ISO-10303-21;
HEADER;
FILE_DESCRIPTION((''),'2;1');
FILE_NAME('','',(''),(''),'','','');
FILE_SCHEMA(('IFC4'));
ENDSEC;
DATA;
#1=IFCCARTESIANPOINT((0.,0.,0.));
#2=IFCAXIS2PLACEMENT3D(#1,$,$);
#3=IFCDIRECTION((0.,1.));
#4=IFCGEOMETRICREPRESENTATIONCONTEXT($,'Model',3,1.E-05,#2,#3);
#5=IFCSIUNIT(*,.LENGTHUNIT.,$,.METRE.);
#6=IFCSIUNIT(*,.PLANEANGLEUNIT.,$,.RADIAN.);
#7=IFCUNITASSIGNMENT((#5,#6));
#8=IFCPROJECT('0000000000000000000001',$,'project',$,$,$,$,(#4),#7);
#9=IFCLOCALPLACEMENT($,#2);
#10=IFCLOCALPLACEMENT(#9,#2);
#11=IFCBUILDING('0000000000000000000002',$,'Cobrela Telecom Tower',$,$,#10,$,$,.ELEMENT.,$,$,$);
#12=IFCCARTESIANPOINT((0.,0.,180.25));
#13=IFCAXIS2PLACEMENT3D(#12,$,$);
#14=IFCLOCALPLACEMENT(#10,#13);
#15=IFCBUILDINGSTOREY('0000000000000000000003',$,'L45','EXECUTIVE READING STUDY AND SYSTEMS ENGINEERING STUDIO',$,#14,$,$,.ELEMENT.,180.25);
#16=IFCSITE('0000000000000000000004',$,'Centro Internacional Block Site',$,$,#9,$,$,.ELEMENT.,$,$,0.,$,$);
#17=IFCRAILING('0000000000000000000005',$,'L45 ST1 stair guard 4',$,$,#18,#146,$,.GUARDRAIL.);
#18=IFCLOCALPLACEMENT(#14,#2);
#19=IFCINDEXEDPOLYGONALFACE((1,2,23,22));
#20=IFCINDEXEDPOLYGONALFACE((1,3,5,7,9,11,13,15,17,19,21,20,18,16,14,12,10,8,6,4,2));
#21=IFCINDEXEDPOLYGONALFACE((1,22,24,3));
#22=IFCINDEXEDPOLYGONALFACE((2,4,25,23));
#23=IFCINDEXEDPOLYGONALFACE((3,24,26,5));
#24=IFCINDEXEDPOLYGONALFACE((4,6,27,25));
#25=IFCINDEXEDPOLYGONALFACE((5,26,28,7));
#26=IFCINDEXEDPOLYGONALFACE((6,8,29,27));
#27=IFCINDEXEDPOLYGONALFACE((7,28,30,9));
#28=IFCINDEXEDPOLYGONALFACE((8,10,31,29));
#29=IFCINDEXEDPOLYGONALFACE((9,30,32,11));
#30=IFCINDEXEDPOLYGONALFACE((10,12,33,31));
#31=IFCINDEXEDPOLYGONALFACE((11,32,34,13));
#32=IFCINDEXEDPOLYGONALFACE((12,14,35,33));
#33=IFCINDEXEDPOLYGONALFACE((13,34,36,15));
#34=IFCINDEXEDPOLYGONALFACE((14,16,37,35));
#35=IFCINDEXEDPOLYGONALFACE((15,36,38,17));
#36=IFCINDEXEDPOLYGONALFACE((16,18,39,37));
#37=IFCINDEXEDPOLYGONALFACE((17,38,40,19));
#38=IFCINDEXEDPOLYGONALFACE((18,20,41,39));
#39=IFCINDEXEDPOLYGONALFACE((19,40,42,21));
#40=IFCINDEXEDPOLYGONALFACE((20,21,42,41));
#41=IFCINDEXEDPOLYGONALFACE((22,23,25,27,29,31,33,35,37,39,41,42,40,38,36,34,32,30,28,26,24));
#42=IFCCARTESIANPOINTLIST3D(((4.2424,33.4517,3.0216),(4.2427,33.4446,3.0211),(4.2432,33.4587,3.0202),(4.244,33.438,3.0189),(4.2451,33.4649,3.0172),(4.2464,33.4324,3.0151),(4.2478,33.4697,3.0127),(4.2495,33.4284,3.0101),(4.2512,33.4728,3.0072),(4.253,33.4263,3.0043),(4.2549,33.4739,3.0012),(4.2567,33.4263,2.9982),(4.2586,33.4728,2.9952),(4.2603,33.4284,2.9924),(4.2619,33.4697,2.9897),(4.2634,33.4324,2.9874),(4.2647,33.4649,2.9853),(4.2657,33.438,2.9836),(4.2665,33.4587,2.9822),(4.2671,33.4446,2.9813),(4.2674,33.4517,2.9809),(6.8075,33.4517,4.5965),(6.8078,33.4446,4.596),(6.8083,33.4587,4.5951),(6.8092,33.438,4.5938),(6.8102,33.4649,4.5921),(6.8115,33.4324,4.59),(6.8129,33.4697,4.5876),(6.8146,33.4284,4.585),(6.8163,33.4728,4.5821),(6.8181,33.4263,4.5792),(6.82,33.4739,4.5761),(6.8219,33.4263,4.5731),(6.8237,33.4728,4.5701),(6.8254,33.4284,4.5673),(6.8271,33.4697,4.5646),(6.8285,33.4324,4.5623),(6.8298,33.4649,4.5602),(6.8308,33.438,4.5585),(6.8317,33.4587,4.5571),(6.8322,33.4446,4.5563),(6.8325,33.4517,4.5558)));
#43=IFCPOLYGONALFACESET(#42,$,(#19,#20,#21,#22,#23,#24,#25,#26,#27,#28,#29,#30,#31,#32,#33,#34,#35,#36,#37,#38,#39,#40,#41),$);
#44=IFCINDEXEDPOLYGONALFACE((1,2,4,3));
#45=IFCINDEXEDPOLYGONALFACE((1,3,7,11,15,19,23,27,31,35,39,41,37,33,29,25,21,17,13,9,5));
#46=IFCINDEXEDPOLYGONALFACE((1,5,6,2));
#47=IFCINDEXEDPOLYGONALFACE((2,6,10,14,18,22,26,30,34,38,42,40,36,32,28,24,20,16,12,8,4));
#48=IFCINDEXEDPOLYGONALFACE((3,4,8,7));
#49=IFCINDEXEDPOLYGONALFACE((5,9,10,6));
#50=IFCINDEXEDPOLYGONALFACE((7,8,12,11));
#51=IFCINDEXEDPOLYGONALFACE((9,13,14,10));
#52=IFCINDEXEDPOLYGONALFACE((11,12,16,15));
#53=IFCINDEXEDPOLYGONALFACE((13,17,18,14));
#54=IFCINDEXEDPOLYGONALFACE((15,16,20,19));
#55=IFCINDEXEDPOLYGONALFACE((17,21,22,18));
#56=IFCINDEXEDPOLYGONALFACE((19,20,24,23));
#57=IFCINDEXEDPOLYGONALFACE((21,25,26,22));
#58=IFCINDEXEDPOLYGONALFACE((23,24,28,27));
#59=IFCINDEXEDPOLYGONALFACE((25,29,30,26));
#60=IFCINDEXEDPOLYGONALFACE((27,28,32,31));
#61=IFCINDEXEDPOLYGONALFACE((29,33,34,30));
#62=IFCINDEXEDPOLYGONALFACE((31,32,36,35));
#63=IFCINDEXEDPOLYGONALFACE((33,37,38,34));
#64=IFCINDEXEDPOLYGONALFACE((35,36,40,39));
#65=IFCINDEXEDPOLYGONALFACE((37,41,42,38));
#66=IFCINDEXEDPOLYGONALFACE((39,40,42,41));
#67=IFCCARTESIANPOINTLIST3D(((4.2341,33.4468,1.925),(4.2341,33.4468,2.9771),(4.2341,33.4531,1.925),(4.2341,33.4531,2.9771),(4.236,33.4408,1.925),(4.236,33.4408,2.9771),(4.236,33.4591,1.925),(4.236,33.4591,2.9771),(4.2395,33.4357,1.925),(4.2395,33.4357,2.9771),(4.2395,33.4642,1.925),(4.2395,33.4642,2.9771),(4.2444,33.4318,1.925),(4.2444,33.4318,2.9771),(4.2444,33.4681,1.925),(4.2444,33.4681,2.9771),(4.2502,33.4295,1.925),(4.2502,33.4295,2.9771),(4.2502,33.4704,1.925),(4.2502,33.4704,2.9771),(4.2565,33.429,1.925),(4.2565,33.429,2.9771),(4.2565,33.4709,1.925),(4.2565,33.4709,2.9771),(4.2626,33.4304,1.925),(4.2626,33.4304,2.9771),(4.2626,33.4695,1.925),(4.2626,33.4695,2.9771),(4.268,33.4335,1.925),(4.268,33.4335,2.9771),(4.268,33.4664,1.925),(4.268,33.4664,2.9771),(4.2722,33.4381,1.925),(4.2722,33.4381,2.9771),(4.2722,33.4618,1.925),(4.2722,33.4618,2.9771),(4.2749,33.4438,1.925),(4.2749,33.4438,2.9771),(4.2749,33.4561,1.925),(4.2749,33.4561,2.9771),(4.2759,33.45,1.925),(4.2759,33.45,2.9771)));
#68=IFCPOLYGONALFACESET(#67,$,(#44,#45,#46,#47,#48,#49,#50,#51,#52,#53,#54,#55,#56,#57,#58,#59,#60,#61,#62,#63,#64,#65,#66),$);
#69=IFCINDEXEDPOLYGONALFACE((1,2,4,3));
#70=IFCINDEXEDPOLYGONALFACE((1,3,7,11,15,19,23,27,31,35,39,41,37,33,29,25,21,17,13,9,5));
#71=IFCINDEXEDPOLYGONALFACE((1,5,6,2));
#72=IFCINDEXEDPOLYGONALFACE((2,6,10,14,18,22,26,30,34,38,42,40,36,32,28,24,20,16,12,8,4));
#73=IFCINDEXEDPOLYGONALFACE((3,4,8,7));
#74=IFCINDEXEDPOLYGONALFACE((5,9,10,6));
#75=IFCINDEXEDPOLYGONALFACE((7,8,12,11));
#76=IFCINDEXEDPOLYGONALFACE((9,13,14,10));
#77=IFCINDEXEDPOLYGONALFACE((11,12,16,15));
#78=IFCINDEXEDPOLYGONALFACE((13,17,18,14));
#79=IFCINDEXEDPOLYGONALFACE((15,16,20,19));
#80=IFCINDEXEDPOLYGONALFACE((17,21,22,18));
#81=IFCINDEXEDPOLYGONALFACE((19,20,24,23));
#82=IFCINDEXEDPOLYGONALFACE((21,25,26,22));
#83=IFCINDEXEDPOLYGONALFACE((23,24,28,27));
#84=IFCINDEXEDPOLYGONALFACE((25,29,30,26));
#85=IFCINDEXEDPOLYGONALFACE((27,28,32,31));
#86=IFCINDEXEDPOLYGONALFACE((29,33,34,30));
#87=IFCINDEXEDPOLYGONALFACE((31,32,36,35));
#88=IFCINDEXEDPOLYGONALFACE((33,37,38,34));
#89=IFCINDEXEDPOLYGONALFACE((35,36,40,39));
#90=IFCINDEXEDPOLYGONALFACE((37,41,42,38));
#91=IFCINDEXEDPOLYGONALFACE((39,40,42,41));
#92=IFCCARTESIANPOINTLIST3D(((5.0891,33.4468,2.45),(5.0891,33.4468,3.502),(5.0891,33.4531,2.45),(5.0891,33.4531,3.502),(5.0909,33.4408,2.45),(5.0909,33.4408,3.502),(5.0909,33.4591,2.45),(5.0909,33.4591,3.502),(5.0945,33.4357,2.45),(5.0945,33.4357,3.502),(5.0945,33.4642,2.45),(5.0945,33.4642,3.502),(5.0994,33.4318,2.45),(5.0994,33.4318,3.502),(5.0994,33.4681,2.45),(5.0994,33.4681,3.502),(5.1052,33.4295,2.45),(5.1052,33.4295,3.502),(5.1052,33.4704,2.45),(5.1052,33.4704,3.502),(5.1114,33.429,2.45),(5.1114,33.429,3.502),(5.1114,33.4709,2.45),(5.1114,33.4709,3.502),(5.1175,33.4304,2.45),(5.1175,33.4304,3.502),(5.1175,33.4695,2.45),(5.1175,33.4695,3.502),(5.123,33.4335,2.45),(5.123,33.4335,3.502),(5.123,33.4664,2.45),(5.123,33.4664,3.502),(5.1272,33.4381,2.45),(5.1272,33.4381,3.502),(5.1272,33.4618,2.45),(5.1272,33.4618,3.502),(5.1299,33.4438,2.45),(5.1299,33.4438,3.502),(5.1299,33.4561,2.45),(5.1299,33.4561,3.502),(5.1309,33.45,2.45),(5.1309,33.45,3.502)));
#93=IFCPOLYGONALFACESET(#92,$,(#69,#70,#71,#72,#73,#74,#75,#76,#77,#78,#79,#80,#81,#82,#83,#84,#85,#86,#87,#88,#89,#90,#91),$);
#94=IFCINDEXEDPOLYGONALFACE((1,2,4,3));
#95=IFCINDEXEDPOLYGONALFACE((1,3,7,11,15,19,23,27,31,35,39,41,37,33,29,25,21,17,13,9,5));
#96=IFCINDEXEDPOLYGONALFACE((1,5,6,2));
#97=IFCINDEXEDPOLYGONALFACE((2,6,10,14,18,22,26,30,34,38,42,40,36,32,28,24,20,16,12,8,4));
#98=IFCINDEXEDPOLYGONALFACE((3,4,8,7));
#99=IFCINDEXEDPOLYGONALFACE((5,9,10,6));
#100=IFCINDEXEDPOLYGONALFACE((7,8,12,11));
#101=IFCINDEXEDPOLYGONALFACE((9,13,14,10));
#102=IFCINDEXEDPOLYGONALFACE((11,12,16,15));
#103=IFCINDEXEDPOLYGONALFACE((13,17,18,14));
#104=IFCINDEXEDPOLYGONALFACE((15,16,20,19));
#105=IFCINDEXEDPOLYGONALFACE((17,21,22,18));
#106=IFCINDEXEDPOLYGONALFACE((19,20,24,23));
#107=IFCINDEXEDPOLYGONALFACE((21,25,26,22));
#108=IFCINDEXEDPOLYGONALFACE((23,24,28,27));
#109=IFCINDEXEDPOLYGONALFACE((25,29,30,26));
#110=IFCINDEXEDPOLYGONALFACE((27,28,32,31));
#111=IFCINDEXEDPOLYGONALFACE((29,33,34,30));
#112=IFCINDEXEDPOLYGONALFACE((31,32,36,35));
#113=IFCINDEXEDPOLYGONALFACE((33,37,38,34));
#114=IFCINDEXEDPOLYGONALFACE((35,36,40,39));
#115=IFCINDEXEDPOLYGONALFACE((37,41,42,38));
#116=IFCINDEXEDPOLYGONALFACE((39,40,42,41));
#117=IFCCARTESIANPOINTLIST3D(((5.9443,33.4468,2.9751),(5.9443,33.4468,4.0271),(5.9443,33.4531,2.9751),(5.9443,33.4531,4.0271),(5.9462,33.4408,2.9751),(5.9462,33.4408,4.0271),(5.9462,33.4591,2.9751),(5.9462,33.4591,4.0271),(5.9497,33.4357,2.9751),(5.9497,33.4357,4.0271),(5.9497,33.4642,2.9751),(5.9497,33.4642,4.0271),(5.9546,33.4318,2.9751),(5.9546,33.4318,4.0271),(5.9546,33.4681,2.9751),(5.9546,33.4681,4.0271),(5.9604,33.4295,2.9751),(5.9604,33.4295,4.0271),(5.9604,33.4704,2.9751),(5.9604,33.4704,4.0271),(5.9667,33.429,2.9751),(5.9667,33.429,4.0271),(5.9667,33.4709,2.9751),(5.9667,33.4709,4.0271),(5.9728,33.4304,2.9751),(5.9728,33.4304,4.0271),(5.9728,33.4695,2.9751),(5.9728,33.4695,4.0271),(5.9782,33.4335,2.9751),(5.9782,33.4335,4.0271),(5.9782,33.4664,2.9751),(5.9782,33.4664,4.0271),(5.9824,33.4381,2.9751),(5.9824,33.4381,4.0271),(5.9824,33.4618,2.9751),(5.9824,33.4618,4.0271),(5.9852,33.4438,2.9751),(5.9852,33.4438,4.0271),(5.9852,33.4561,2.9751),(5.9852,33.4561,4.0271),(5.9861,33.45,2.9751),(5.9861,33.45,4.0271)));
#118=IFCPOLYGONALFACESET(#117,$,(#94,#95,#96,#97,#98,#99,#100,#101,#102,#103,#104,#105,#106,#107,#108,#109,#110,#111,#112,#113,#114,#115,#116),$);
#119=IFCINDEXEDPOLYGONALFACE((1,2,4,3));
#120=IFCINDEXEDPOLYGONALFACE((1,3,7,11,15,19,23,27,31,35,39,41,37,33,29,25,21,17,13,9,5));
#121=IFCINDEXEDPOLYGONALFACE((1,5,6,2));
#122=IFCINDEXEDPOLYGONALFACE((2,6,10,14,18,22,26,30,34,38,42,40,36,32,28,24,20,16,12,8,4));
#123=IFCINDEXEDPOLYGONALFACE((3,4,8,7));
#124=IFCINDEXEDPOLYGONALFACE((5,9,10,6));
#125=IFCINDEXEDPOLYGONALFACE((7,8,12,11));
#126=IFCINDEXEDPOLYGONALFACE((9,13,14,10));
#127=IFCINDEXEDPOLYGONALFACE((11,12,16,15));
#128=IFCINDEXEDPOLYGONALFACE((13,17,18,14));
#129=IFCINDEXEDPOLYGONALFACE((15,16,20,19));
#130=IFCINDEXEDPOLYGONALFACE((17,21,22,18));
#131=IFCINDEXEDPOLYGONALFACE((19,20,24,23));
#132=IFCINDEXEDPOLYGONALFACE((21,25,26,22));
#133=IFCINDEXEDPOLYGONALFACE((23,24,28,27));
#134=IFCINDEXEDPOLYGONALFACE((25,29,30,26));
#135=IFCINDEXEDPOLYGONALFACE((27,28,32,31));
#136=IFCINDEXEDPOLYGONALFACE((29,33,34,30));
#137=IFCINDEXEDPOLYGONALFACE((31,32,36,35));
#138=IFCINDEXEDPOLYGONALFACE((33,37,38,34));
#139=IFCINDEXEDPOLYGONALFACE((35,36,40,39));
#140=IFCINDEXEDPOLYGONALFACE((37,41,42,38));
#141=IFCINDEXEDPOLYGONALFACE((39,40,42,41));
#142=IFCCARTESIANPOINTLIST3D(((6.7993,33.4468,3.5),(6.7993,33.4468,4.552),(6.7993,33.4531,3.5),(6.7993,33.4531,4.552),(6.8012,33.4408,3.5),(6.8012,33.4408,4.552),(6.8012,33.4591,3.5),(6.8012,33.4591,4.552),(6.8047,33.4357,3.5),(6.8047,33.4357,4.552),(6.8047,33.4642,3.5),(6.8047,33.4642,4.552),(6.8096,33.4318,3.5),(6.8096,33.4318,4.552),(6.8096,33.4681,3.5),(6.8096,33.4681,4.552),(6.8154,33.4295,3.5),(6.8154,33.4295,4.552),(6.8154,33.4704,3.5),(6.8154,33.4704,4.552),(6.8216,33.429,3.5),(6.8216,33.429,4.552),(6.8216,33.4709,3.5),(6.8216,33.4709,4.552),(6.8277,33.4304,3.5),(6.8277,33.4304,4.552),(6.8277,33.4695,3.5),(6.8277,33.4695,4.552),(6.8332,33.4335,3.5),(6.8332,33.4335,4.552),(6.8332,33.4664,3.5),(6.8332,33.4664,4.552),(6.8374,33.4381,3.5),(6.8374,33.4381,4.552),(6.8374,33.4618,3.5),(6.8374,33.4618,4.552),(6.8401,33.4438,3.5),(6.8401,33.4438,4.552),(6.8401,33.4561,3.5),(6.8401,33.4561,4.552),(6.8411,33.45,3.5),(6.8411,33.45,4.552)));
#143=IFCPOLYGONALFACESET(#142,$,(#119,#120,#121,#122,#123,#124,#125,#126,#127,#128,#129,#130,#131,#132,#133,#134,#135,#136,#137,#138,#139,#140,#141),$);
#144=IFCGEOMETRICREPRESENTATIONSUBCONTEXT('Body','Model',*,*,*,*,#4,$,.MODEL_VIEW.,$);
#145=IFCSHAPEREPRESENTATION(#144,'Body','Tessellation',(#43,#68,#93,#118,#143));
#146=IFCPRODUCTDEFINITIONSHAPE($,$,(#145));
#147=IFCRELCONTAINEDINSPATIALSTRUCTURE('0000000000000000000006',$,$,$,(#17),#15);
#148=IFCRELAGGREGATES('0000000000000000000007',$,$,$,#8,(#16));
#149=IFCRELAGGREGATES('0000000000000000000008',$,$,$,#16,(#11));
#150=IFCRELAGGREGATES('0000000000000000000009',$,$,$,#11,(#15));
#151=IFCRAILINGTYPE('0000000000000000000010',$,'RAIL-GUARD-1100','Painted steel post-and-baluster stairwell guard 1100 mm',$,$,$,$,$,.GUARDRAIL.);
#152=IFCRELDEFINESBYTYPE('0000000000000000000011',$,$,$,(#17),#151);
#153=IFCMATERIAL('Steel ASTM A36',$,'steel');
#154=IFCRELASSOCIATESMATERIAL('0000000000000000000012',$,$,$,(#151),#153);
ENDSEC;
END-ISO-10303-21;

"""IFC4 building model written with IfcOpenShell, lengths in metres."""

from ifc_helpers import new_model, si_unit, direction, frame, origin, origin_2d, place, context, subcontext, project, spatial, circle, extrude, material, type_object, element, save


model = new_model("IFC4")

# Units and contexts
model_context = context("Model", 3, precision=1e-05, world=origin(), true_north=direction((0.0, 1.0)))
body_context = subcontext(model_context, "Body", "Model", "MODEL_VIEW")
ifc_project = project(units=[si_unit("LENGTHUNIT", "METRE"), si_unit("PLANEANGLEUNIT", "RADIAN")], contexts=[model_context])

# Site, building, storey
site_placement = place(None, origin())
site = spatial("IfcSite", under=ifc_project, at=site_placement, Name="Centro Internacional Block Site", CompositionType="ELEMENT", RefElevation=0.0)
building_placement = place(site_placement, origin())
building = spatial("IfcBuilding", under=site, at=building_placement, Name="Cobrela Telecom Tower", CompositionType="ELEMENT")
storey_placement = place(building_placement, frame((0.0, 0.0, 180.25)))
storey = spatial("IfcBuildingStorey", under=building, at=storey_placement, Name="L45", Description="EXECUTIVE READING STUDY AND SYSTEMS ENGINEERING STUDIO", CompositionType="ELEMENT", Elevation=180.25)

# Shared definitions
ifc_material_1 = material(Name="Steel ASTM A36", Category="steel")

# Railing
railing_type_1 = type_object("IfcRailingType", Name="RAIL-GUARD-1100", Description="Painted steel post-and-baluster stairwell guard 1100 mm", PredefinedType="GUARDRAIL", material=ifc_material_1)
railing_1_placement = place(storey_placement, frame((4.2549, 33.45, 1.925)))
element("IfcRailing", 1, at=railing_1_placement, inside=storey, type_object=railing_type_1, Name="L45 ST1 stair guard 4", PredefinedType="GUARDRAIL", context=body_context, shape_type="SweptSolid", body=[
    extrude(circle(Radius=0.0239, at=origin_2d()), frame((0.0, 0.0, 1.0762), z_axis=(0.852195, 0.0, 0.523224), x_axis=(0.0, 1.0, 0.0)), (0.0, 0.0, 1.0), 3.01),
    extrude(circle(Radius=0.021, at=origin_2d()), origin(), (0.0, 0.0, 1.0), 1.052),
    extrude(circle(Radius=0.021, at=origin_2d()), frame((0.855, 0.0, 0.5249)), (0.0, 0.0, 1.0), 1.052),
    extrude(circle(Radius=0.021, at=origin_2d()), frame((1.7102, 0.0, 1.05)), (0.0, 0.0, 1.0), 1.052),
    extrude(circle(Radius=0.021, at=origin_2d()), frame((2.5652, 0.0, 1.575)), (0.0, 0.0, 1.0), 1.052),
])

save(model, "model.ifc")
